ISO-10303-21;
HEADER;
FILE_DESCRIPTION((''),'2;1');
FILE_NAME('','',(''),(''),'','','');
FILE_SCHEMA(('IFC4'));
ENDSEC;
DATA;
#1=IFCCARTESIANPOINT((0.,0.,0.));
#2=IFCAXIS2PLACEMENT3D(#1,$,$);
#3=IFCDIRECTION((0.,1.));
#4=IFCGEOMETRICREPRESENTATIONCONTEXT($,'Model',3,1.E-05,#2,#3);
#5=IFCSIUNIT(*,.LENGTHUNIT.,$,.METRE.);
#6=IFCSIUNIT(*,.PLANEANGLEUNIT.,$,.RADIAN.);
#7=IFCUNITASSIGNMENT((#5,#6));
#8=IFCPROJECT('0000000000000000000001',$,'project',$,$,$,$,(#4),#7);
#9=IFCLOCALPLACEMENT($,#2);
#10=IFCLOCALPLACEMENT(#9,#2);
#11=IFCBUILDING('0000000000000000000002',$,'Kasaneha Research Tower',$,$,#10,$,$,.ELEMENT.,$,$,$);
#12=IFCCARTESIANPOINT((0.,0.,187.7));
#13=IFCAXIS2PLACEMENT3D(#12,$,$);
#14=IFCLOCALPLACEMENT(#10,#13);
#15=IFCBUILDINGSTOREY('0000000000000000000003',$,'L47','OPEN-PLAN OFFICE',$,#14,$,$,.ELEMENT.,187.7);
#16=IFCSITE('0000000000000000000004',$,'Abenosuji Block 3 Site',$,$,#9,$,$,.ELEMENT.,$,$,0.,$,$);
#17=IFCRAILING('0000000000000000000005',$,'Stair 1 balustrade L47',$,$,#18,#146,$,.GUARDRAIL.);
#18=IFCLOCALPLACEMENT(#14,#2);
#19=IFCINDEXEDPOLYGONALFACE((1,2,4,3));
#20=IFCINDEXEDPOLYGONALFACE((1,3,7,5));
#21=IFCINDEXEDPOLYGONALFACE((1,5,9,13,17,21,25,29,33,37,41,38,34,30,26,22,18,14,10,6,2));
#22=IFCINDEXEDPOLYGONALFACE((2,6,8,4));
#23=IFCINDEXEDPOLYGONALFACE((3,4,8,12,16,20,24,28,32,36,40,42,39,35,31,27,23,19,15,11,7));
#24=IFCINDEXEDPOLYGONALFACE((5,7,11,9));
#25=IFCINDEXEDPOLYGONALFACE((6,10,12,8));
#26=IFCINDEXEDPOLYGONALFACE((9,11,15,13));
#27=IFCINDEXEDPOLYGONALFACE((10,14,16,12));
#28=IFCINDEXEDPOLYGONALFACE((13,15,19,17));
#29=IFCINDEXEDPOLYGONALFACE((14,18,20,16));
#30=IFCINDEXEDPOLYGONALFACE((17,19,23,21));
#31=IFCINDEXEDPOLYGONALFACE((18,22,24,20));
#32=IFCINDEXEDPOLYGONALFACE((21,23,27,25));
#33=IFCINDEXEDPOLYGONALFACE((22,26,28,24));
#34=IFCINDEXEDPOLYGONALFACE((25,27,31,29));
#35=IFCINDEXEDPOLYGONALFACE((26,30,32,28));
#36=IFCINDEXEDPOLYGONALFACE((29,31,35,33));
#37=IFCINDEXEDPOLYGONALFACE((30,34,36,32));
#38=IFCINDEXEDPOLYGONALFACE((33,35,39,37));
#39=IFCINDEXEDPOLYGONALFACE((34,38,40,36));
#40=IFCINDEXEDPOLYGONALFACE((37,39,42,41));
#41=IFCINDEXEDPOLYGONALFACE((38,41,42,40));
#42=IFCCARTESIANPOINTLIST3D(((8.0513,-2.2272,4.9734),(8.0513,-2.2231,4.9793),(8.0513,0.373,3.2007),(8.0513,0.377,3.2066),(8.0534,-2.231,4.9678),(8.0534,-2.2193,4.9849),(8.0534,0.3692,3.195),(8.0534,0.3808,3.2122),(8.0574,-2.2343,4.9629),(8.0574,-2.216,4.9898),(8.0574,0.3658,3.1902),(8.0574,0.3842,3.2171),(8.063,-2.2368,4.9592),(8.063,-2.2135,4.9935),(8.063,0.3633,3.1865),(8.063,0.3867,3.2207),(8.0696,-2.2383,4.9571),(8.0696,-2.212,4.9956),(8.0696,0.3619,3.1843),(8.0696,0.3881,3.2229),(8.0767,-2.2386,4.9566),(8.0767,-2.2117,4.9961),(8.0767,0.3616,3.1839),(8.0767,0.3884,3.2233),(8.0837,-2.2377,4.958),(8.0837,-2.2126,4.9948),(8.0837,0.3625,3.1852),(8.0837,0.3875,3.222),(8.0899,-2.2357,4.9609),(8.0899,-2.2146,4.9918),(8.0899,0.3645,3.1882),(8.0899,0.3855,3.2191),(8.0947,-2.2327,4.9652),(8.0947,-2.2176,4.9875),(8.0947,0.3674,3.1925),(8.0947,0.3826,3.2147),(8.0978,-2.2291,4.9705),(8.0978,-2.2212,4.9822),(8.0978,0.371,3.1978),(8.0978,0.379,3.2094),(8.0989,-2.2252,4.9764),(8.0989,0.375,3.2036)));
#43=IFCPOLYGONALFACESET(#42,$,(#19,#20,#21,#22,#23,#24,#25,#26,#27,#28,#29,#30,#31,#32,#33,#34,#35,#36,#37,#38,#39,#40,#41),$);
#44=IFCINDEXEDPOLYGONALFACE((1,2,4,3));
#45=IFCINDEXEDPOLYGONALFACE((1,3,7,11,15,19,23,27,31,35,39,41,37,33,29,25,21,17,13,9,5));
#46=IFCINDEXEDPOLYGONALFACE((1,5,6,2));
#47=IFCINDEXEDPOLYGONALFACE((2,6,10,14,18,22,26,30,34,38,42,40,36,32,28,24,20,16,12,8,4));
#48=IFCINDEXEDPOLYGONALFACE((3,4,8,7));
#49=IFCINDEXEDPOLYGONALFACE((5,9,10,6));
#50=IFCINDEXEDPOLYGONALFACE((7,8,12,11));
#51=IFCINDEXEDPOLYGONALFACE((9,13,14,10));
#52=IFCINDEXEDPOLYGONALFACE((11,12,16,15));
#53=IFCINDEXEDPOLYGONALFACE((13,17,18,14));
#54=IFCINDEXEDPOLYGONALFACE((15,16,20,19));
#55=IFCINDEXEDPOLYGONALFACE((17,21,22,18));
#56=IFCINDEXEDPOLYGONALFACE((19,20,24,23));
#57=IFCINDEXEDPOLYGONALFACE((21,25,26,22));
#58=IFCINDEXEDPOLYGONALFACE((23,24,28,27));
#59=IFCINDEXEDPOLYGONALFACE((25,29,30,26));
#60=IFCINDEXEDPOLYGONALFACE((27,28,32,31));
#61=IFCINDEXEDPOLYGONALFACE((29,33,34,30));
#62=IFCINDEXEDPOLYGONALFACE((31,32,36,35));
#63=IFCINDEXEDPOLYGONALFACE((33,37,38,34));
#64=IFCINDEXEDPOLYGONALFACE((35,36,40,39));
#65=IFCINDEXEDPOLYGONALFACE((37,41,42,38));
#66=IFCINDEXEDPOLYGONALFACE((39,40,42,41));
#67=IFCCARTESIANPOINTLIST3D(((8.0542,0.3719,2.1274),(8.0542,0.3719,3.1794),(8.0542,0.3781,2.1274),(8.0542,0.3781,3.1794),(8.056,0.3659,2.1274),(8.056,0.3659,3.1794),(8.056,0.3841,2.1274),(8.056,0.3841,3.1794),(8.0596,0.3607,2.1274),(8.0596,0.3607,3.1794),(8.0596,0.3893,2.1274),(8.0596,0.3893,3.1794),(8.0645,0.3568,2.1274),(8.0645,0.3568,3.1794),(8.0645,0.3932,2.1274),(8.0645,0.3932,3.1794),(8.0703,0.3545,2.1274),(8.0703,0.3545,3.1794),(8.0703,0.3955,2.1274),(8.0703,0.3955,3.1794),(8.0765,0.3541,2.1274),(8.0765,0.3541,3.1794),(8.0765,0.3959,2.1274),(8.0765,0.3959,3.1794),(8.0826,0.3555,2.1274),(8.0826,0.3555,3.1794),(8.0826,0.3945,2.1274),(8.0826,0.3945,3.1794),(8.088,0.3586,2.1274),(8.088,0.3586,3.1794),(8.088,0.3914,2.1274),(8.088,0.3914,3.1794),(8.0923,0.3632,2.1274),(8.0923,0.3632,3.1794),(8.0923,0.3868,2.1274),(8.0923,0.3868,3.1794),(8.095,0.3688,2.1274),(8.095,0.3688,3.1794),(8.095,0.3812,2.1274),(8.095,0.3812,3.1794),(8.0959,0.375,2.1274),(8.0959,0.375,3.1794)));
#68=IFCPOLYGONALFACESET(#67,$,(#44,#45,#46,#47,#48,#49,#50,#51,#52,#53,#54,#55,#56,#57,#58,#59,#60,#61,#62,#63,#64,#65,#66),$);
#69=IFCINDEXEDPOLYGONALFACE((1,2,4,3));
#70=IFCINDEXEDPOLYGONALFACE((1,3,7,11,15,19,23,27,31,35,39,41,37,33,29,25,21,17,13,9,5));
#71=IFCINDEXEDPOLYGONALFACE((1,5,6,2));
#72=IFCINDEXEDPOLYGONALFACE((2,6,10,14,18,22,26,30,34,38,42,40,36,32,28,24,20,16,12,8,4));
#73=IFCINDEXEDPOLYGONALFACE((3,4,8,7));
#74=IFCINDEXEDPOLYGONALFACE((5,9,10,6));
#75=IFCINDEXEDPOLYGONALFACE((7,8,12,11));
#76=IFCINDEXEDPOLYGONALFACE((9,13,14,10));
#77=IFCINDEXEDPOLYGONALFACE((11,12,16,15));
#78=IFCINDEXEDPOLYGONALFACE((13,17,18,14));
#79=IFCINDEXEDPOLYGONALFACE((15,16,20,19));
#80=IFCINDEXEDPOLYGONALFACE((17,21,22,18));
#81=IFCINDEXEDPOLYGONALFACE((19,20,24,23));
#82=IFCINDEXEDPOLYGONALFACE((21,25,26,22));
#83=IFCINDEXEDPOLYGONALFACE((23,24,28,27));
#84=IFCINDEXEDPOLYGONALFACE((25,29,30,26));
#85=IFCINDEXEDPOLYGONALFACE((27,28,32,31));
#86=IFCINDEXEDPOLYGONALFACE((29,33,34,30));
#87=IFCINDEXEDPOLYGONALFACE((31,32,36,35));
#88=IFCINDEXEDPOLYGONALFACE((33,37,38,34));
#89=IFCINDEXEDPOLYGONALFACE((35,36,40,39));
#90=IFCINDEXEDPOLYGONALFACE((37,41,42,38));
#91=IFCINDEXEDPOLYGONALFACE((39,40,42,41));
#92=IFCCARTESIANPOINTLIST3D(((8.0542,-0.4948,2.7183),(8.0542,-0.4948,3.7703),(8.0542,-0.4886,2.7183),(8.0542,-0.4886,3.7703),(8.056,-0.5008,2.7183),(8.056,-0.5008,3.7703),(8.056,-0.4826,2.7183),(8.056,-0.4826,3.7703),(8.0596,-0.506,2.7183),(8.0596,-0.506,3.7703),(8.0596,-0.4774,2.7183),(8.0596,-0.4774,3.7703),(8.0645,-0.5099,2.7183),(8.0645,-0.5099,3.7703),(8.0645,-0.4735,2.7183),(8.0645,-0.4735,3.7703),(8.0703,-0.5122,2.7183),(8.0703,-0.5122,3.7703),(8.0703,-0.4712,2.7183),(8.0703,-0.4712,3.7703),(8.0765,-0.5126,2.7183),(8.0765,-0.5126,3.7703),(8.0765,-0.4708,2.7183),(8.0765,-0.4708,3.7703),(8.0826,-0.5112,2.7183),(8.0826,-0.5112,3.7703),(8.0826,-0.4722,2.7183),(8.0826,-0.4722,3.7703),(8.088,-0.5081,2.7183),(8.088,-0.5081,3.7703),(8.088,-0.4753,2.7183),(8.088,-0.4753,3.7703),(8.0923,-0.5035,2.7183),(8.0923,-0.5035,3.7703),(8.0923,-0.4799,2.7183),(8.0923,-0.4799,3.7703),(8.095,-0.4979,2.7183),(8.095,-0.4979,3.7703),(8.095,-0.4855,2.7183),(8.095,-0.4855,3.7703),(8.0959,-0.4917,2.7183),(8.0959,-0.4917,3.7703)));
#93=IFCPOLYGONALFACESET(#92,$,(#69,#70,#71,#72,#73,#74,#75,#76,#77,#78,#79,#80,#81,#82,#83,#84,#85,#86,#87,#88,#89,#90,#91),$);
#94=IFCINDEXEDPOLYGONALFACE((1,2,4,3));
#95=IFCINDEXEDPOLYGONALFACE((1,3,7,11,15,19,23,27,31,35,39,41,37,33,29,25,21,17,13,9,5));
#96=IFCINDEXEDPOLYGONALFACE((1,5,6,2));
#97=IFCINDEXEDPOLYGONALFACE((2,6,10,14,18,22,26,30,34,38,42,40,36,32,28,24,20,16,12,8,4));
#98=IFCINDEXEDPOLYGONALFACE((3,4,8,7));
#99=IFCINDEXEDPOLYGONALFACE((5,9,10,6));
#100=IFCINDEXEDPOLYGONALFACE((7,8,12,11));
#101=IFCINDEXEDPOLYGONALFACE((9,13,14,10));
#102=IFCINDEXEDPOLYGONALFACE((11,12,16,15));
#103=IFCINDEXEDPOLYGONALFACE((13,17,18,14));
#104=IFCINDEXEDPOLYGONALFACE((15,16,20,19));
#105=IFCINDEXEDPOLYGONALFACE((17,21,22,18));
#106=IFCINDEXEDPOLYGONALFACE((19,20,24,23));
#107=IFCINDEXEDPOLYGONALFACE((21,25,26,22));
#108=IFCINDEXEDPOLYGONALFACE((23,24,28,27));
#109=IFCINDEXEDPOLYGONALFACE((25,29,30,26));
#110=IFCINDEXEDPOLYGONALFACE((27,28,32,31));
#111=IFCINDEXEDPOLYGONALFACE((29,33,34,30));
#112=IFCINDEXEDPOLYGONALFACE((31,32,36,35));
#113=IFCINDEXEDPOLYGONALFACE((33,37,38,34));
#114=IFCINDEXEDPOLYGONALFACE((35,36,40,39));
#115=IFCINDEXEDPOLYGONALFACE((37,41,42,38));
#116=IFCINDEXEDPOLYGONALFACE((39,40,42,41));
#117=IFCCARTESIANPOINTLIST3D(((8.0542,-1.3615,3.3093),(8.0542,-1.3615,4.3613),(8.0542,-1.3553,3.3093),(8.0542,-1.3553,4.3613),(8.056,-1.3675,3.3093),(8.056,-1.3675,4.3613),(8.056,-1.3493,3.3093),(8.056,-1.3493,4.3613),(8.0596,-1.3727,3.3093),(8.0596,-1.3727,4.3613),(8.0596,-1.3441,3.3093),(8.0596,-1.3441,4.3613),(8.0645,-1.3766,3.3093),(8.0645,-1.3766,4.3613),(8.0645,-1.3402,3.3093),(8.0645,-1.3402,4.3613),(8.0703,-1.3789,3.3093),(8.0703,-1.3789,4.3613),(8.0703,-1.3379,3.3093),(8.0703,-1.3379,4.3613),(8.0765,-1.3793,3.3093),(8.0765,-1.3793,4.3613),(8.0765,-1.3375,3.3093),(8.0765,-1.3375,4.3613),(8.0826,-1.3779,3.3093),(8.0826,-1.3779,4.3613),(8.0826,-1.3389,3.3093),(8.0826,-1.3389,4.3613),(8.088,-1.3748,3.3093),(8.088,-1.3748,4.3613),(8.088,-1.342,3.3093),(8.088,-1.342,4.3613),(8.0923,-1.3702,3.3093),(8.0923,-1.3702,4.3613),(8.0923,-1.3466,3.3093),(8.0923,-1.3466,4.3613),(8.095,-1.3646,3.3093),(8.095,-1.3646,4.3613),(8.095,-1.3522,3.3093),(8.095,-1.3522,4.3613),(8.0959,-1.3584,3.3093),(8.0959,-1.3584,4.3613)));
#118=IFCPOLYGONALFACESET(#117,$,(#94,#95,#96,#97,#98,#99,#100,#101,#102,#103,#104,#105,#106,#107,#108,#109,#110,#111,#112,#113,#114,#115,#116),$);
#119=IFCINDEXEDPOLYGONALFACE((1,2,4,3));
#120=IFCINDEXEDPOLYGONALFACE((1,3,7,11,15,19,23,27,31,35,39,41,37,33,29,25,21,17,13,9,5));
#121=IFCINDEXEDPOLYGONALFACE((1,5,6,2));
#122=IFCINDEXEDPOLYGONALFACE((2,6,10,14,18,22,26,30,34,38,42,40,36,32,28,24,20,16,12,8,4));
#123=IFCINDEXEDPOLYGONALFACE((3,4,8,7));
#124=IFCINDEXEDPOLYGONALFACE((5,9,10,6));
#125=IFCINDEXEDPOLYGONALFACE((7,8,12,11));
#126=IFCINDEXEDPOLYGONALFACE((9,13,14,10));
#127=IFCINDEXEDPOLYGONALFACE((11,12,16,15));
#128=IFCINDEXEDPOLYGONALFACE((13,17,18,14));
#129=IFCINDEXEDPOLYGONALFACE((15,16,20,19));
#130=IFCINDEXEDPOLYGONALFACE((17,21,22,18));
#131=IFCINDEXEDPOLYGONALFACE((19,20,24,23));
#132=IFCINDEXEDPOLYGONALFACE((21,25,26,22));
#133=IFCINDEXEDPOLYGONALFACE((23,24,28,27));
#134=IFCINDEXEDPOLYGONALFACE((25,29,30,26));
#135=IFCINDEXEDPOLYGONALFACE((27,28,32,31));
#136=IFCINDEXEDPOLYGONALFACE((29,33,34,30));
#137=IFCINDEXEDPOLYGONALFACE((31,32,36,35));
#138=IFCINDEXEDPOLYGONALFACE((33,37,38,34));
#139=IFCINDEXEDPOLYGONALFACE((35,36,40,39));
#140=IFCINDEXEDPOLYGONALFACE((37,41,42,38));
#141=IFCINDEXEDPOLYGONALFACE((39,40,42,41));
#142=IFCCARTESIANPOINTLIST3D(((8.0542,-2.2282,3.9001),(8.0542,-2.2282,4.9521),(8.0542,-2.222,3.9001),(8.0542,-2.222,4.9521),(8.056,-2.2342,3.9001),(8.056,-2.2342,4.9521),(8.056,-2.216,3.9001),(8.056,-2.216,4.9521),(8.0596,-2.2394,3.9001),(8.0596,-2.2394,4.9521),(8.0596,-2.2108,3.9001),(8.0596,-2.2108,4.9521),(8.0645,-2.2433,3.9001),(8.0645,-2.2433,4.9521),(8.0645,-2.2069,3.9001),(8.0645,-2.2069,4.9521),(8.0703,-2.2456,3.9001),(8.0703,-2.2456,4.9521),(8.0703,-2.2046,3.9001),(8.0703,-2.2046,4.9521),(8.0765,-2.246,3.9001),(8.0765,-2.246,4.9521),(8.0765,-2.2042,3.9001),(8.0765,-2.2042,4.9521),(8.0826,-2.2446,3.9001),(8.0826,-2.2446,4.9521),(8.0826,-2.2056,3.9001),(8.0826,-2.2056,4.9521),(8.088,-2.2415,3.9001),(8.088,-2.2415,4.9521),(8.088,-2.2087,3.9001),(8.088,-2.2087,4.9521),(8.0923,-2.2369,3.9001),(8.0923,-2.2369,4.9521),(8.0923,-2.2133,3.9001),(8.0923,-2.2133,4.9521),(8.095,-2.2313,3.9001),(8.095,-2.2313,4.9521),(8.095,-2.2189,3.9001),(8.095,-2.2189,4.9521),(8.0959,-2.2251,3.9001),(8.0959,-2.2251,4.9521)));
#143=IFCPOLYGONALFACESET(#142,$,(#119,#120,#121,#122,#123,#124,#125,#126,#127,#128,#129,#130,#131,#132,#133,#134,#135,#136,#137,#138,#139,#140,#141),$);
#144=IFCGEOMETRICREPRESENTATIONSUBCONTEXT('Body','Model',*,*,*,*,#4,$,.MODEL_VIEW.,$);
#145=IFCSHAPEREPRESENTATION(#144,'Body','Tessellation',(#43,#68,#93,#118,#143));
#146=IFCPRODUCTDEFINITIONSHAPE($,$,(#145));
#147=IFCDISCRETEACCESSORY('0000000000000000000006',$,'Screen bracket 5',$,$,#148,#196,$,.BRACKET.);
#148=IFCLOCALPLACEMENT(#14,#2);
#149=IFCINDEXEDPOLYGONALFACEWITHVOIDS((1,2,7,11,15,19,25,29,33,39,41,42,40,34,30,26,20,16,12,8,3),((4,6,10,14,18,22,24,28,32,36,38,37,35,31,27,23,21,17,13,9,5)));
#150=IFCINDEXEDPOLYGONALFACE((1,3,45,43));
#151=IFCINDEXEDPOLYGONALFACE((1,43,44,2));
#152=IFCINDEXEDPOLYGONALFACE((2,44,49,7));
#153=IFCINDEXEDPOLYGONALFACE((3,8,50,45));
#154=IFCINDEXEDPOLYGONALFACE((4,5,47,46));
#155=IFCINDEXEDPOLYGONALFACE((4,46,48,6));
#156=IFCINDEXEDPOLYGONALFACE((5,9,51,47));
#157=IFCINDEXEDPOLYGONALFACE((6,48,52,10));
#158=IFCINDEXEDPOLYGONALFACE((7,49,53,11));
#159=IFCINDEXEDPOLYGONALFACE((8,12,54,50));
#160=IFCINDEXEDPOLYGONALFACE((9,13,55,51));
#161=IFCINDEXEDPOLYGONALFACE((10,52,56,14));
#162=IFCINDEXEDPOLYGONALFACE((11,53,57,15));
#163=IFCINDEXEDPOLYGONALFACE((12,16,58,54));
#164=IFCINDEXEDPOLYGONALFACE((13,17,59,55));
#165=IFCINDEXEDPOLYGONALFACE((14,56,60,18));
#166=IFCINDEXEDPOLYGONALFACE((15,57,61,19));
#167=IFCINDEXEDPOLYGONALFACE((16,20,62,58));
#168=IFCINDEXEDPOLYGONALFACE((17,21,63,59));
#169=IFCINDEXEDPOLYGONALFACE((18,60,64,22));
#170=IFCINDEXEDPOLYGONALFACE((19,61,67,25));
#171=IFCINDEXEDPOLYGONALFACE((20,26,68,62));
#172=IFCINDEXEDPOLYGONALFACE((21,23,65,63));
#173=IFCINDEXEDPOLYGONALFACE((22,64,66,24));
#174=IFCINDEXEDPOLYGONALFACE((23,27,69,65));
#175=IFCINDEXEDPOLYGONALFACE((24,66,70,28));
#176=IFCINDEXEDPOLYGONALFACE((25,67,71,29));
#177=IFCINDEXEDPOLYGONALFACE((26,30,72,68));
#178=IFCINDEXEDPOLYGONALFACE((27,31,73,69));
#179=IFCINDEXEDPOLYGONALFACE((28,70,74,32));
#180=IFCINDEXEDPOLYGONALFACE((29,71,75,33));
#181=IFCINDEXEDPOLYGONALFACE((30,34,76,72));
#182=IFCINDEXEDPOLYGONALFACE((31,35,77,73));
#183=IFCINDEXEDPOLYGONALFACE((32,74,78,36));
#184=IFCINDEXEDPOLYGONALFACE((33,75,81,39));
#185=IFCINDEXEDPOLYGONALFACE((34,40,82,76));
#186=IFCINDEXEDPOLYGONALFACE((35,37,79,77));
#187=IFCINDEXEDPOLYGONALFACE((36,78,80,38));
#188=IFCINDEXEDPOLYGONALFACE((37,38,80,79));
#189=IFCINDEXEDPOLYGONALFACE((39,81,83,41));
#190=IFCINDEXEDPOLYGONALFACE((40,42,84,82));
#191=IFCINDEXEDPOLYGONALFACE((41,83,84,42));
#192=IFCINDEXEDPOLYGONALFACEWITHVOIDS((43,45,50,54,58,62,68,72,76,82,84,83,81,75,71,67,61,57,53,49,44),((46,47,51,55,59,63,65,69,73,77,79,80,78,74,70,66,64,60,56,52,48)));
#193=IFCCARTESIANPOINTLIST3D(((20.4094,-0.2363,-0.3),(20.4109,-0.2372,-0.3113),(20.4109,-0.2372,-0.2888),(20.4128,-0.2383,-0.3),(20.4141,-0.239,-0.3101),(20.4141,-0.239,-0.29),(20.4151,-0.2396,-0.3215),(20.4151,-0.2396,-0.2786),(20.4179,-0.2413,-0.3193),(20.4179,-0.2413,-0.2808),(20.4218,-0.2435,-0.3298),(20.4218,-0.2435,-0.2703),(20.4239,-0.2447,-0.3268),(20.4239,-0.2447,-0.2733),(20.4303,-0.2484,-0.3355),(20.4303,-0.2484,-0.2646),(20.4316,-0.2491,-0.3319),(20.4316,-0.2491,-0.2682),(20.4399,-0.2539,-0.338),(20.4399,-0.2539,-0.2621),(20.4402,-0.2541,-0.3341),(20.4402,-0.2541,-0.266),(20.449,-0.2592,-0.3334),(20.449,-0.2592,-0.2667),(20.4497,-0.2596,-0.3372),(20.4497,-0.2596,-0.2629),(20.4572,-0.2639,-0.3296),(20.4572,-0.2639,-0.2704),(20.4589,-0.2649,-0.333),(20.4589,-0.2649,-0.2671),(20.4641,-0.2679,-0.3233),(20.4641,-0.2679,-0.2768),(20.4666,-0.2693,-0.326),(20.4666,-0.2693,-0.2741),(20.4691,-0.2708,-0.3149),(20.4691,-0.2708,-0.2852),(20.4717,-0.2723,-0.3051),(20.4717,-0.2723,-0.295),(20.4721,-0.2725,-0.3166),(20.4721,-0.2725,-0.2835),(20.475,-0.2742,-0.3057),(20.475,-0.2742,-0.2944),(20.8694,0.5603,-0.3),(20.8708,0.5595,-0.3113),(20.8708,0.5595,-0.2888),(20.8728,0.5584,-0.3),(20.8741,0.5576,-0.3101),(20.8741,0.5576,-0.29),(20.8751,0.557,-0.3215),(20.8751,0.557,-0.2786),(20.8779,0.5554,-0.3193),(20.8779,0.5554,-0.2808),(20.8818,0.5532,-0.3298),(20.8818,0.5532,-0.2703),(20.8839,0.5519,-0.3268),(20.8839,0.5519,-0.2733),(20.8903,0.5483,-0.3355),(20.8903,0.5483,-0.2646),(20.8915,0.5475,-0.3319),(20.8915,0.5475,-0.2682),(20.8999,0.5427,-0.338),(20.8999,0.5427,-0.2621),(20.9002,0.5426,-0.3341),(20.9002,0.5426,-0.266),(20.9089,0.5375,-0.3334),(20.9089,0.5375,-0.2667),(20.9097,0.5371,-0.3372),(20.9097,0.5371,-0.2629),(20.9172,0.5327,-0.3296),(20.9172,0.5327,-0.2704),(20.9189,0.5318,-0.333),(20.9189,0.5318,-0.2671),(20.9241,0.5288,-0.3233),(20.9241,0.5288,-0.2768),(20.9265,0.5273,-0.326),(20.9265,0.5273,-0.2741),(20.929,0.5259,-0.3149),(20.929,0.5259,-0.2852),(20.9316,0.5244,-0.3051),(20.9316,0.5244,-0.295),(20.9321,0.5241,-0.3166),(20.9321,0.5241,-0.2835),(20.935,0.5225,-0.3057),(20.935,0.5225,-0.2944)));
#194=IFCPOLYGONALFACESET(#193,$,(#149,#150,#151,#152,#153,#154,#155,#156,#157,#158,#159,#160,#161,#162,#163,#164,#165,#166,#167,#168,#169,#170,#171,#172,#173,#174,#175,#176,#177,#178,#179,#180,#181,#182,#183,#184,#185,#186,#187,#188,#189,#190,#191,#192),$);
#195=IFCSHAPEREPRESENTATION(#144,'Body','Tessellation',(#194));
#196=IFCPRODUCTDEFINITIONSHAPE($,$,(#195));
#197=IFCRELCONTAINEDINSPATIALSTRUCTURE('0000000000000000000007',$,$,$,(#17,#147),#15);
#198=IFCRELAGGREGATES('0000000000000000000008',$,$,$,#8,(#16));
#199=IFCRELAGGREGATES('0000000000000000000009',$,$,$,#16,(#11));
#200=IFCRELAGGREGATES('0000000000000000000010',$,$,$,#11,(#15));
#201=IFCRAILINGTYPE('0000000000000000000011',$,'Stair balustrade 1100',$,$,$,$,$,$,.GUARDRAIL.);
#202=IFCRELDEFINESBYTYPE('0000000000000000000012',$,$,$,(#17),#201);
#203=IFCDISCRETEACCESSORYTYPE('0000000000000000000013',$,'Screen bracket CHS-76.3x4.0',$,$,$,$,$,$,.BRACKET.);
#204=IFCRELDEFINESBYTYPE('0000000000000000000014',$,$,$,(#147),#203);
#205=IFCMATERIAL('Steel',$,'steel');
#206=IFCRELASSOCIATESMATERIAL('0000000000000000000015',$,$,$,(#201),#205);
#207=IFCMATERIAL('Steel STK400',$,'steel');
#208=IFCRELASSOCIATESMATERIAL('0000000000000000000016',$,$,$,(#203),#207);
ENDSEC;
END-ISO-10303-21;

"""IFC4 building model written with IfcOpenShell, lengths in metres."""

from ifc_helpers import new_model, si_unit, direction, frame, origin, origin_2d, place, context, subcontext, project, spatial, circle, hollow_circle, extrude, material, material_profile, profile_set, type_object, element, save


model = new_model("IFC4")

# Units and contexts
model_context = context("Model", 3, precision=1e-05, world=origin(), true_north=direction((0.0, 1.0)))
body_context = subcontext(model_context, "Body", "Model", "MODEL_VIEW")
ifc_project = project(units=[si_unit("LENGTHUNIT", "METRE"), si_unit("PLANEANGLEUNIT", "RADIAN")], contexts=[model_context])

# Site, building, storey
site_placement = place(None, origin())
site = spatial("IfcSite", under=ifc_project, at=site_placement, Name="Abenosuji Block 3 Site", CompositionType="ELEMENT", RefElevation=0.0)
building_placement = place(site_placement, origin())
building = spatial("IfcBuilding", under=site, at=building_placement, Name="Kasaneha Research Tower", CompositionType="ELEMENT")
storey_placement = place(building_placement, frame((0.0, 0.0, 187.7)))
storey = spatial("IfcBuildingStorey", under=building, at=storey_placement, Name="L47", Description="OPEN-PLAN OFFICE", CompositionType="ELEMENT", Elevation=187.7)

# Railing
ifc_material_1 = material(Name="Steel", Category="steel")
railing_type = type_object("IfcRailingType", Name="Stair balustrade 1100", PredefinedType="GUARDRAIL", material=ifc_material_1)
railing_placement = place(storey_placement, frame((8.075, 0.375, 2.1274)))
element("IfcRailing", 1, at=railing_placement, inside=storey, type_object=railing_type, Name="Stair 1 balustrade L47", PredefinedType="GUARDRAIL", context=body_context, shape_type="SweptSolid", body=[
    extrude(circle(Radius=0.0239, at=origin_2d()), frame((0.0, 0.0, 1.0762), z_axis=(0.0, -0.82624, 0.563318), x_axis=(1.0, 0.0, 0.0)), (0.0, 0.0, 1.0), 3.147),
    extrude(circle(Radius=0.021, at=origin_2d()), origin(), (0.0, 0.0, 1.0), 1.052),
    extrude(circle(Radius=0.021, at=origin_2d()), frame((0.0, -0.8667, 0.5908)), (0.0, 0.0, 1.0), 1.052),
    extrude(circle(Radius=0.021, at=origin_2d()), frame((0.0, -1.7334, 1.1819)), (0.0, 0.0, 1.0), 1.052),
    extrude(circle(Radius=0.021, at=origin_2d()), frame((0.0, -2.6001, 1.7727)), (0.0, 0.0, 1.0), 1.052),
])

# Discrete accessory
ifc_material_2 = material(Name="Steel STK400", Category="steel")
ifc_material_profile_1 = material_profile(ifc_material_2, hollow_circle(Radius=0.0381, WallThickness=0.0039, at=origin_2d()), Name="CHS-76.3x4.0")
ifc_profile_set_1 = profile_set([ifc_material_profile_1], Name="Steel STK400")
discrete_accessory_type = type_object("IfcDiscreteAccessoryType", Name="Screen bracket CHS-76.3x4.0", PredefinedType="BRACKET", material=ifc_profile_set_1)
for number, where, z_axis, x_axis, name in (
    (2, (20.4424, -0.2554, -0.3), (0.500021, 0.866013, 0.0), (-0.866013, 0.500021, 0.0), "Screen bracket 5"),
):
    element("IfcDiscreteAccessory", number, at=place(storey_placement, frame(where, z_axis=z_axis, x_axis=x_axis)), inside=storey, type_object=discrete_accessory_type, Name=name, PredefinedType="BRACKET", context=body_context, shape_type="SweptSolid", body=[
        extrude(hollow_circle(Radius=0.0381, WallThickness=0.0039, at=origin_2d()), origin(), (0.0, 0.0, 1.0), 0.9199),
    ])

save(model, "model.ifc")
